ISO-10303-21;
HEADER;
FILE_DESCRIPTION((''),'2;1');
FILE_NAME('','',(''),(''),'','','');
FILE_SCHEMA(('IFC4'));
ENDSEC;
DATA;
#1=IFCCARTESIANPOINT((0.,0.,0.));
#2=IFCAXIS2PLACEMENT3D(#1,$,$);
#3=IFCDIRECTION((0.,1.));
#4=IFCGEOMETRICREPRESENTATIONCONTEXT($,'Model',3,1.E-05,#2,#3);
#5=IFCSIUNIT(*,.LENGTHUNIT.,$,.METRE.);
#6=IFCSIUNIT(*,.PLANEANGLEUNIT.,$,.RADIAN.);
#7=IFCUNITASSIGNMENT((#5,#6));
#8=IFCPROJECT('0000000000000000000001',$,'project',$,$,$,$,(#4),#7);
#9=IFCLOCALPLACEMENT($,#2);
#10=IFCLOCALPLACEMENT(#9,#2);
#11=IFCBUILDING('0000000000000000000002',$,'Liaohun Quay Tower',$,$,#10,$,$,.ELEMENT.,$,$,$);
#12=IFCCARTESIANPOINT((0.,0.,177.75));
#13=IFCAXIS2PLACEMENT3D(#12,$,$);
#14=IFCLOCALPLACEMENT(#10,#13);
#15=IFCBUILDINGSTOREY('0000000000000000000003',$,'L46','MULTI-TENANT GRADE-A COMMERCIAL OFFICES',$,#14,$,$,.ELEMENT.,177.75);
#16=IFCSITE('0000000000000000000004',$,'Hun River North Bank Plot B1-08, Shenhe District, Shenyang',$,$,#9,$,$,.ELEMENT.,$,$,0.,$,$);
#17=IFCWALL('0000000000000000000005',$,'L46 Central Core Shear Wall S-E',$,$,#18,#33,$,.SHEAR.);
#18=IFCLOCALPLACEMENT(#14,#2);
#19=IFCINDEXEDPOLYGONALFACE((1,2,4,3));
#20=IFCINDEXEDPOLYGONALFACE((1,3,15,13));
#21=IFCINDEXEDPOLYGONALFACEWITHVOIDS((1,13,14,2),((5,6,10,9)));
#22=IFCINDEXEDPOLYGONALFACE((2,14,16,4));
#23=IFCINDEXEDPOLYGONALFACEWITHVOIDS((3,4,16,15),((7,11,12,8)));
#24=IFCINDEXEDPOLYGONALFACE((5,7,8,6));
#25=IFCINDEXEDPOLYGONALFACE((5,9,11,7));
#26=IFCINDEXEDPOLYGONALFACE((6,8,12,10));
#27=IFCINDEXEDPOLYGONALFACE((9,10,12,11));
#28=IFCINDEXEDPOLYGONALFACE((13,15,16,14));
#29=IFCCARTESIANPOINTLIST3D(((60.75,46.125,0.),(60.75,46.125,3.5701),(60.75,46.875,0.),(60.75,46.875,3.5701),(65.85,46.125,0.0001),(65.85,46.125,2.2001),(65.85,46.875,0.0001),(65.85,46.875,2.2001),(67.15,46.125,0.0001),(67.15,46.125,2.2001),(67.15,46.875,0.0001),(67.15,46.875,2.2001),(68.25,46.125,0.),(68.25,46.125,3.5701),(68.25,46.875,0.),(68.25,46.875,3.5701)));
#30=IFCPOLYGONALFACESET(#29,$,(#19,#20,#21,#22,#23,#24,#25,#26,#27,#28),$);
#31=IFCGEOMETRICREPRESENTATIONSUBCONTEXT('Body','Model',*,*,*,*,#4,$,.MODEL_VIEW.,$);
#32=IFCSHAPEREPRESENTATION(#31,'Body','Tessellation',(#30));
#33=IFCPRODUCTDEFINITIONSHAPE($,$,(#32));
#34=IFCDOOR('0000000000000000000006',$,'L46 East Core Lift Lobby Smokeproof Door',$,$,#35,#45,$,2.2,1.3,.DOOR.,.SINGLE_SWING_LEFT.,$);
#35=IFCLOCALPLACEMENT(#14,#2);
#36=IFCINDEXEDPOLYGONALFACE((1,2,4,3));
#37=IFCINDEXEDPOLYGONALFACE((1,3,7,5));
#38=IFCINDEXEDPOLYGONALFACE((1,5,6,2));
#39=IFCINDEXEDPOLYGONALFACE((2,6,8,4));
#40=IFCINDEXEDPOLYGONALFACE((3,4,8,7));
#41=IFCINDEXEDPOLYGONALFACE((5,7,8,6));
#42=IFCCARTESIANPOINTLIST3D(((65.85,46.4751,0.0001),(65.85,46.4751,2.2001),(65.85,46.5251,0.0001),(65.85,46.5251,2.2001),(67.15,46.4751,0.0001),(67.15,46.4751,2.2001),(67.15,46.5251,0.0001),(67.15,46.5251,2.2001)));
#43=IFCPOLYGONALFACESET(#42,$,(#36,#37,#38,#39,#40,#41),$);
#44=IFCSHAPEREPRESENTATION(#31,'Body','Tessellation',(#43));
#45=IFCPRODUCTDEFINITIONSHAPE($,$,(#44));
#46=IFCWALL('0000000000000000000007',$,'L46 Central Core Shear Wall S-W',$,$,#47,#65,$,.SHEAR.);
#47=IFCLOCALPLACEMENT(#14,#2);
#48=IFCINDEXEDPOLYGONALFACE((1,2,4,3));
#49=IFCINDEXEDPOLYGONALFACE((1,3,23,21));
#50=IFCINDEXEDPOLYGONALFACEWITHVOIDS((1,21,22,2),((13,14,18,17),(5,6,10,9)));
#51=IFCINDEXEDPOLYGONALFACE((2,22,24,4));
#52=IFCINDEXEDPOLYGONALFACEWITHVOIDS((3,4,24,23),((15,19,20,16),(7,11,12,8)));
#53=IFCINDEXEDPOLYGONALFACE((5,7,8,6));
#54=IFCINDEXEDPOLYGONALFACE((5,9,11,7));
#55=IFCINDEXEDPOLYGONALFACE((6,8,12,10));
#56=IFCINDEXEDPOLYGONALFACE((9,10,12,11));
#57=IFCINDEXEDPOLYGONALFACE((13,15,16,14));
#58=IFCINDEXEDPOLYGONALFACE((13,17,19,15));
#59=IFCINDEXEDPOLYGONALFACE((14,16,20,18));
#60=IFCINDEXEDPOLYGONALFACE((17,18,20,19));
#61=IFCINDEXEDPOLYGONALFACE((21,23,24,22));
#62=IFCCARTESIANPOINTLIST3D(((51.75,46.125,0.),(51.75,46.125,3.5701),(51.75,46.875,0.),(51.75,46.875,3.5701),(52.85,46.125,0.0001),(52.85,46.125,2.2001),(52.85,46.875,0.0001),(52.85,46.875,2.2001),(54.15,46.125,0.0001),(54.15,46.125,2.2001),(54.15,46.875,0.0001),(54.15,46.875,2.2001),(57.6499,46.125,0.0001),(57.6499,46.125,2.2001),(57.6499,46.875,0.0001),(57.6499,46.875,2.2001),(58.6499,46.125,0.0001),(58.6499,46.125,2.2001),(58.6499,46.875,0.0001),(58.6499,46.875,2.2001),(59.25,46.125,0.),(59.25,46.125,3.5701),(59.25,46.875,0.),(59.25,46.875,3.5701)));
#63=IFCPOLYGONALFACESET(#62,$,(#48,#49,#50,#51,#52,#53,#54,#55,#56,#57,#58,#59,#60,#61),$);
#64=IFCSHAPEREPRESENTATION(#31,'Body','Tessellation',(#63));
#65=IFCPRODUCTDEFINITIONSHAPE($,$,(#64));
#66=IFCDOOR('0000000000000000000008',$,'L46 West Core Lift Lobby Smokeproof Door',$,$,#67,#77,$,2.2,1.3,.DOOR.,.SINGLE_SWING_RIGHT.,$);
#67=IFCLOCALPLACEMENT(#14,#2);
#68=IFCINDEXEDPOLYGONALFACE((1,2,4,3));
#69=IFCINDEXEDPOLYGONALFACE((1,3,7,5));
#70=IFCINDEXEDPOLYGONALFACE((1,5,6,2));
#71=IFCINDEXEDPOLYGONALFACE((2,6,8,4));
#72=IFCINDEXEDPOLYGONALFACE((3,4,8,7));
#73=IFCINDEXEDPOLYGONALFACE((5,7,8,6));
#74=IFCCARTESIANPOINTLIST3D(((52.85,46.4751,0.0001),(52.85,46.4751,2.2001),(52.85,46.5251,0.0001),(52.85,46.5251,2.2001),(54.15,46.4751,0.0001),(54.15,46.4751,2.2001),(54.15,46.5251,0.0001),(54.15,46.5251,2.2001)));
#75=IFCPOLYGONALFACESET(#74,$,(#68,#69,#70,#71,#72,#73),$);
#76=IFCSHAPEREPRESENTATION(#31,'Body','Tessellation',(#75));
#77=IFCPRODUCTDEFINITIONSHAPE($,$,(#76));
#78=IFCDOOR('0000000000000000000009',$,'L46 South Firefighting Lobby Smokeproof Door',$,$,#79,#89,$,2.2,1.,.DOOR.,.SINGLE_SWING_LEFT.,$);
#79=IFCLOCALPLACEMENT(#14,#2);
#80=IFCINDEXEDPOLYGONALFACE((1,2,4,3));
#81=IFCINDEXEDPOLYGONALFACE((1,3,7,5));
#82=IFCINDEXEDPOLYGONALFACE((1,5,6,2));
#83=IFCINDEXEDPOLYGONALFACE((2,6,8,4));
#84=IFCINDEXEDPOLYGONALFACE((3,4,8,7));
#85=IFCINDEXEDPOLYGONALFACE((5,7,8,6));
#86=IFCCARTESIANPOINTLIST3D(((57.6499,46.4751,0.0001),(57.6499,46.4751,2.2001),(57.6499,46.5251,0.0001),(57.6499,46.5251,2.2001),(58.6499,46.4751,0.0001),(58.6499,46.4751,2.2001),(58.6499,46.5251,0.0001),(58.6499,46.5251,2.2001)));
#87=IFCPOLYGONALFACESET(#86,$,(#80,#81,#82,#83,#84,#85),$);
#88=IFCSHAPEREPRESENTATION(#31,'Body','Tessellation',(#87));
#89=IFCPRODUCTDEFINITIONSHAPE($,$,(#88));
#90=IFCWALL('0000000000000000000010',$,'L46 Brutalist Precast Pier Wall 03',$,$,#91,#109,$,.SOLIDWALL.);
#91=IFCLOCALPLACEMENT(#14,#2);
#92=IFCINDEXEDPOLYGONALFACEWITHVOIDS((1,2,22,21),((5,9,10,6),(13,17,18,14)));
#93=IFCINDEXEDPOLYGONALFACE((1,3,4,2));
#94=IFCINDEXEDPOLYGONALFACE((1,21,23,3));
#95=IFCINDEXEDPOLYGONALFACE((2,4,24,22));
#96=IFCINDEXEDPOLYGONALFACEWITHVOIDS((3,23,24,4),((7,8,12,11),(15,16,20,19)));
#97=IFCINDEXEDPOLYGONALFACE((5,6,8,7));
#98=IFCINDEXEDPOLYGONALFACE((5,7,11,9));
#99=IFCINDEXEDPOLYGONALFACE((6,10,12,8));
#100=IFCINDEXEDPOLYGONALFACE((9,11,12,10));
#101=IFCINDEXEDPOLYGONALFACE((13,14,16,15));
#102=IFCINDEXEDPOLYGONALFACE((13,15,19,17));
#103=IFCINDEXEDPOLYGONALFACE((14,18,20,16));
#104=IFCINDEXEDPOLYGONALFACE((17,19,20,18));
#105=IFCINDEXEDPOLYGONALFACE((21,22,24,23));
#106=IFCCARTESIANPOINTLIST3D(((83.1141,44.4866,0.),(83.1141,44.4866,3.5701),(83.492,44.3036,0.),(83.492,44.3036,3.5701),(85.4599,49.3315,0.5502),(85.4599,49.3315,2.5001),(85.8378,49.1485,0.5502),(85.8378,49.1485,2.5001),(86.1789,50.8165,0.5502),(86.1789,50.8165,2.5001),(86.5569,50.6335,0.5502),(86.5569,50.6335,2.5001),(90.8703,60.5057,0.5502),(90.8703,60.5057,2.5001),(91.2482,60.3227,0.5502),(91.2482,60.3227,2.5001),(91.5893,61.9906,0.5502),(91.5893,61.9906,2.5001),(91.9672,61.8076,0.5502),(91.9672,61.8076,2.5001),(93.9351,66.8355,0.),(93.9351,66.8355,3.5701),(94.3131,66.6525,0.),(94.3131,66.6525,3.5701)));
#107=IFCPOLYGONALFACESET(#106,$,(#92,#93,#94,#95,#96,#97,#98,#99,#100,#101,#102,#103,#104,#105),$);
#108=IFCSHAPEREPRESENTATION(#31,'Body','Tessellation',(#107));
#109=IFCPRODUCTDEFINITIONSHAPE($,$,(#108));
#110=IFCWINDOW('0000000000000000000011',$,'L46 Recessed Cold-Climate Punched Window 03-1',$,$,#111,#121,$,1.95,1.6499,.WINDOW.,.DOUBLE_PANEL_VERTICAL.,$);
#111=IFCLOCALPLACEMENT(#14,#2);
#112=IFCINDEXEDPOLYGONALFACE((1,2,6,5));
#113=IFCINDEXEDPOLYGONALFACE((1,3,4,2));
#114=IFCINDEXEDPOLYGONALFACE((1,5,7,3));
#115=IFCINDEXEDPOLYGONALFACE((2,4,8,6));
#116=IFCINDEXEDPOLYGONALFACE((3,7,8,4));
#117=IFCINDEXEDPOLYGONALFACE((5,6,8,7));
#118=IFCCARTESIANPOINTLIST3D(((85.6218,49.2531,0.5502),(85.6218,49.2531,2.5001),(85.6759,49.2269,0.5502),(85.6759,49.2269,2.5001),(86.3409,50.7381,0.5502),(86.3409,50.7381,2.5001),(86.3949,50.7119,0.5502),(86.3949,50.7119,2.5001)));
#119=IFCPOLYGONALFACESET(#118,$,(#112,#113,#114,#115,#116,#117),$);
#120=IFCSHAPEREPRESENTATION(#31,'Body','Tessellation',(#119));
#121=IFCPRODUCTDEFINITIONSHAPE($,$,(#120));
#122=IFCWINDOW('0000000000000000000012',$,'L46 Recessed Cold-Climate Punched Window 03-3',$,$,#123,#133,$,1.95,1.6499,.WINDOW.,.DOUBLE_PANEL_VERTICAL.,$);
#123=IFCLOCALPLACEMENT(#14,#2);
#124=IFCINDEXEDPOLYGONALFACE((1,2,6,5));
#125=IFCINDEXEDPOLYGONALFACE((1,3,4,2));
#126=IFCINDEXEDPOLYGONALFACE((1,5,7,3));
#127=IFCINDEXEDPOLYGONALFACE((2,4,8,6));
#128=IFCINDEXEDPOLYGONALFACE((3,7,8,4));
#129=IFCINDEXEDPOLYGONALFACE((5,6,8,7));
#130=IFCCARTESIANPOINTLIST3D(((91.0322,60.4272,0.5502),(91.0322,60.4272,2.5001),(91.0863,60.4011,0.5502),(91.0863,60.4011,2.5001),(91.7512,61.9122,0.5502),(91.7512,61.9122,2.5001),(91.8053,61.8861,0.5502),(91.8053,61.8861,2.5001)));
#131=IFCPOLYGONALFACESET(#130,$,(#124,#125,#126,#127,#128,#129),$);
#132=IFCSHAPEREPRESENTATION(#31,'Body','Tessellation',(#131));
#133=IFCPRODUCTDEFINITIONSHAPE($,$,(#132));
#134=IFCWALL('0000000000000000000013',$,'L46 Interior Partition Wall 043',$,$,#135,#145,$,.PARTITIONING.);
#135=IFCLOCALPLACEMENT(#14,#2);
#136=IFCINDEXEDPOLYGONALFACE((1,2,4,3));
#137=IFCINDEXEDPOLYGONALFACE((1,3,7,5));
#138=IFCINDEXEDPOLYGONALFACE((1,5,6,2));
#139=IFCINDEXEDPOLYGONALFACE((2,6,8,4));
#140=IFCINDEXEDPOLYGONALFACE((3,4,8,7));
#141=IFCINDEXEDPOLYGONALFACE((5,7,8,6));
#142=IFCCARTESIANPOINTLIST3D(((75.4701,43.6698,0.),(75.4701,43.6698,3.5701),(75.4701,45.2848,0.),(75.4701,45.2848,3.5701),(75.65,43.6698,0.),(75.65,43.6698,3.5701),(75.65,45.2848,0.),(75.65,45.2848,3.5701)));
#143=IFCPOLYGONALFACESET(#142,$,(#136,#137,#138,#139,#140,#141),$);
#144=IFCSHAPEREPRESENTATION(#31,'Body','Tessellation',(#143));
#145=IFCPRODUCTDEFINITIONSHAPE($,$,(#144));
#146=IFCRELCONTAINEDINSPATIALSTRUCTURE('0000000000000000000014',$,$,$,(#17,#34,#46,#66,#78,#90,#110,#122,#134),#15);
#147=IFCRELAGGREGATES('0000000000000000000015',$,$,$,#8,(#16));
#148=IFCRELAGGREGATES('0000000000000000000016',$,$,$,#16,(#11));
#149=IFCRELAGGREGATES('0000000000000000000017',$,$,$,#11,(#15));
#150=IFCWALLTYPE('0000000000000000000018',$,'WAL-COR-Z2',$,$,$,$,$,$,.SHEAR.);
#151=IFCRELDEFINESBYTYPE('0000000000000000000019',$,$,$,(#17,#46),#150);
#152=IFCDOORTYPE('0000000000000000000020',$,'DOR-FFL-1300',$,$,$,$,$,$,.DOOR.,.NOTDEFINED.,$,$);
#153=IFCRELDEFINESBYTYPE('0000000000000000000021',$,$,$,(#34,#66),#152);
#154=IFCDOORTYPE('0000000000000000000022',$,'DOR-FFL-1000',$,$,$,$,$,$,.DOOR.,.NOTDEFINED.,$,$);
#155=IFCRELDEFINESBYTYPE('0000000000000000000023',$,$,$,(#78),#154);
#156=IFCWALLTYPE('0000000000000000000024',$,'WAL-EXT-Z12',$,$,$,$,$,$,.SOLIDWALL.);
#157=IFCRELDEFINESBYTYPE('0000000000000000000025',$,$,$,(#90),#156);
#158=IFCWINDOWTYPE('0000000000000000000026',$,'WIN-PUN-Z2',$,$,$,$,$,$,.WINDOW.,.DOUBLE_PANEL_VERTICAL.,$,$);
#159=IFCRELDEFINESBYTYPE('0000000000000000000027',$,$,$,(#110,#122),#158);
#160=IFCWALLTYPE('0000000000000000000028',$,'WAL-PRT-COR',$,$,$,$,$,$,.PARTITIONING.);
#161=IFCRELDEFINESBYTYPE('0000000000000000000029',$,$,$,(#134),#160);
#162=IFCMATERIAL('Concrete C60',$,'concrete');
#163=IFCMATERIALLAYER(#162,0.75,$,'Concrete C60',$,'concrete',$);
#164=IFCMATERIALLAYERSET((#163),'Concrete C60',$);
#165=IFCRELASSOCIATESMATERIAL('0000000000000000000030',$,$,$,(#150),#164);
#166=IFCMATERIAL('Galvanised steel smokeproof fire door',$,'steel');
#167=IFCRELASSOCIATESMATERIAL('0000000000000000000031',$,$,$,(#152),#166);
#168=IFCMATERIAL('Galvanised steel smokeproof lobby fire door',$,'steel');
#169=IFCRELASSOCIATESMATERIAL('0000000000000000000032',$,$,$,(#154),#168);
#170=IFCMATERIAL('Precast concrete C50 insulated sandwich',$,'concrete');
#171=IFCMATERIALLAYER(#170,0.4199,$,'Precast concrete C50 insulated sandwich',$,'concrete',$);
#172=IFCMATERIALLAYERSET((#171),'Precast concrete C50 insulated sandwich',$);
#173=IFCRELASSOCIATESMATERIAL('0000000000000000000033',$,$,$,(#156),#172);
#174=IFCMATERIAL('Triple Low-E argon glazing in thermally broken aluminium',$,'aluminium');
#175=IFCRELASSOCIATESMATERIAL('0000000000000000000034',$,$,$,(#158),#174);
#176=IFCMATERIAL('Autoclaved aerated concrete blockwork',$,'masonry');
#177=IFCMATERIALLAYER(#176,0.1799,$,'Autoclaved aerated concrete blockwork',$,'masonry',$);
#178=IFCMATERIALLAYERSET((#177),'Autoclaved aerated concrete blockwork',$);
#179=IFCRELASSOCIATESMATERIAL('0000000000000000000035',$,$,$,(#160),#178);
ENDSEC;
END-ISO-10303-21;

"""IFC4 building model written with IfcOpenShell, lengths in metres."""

from ifc_helpers import new_model, si_unit, direction, frame, frame_2d, origin, place, context, subcontext, project, spatial, rectangle, extrude, source, transform, mapped, material, layer, layer_set, type_object, element, fill, save


model = new_model("IFC4")

# Units and contexts
model_context = context("Model", 3, precision=1e-05, world=origin(), true_north=direction((0.0, 1.0)))
body_context = subcontext(model_context, "Body", "Model", "MODEL_VIEW")
ifc_project = project(units=[si_unit("LENGTHUNIT", "METRE"), si_unit("PLANEANGLEUNIT", "RADIAN")], contexts=[model_context])

# Site, building, storey
site_placement = place(None, origin())
site = spatial("IfcSite", under=ifc_project, at=site_placement, Name="Hun River North Bank Plot B1-08, Shenhe District, Shenyang", CompositionType="ELEMENT", RefElevation=0.0)
building_placement = place(site_placement, origin())
building = spatial("IfcBuilding", under=site, at=building_placement, Name="Liaohun Quay Tower", CompositionType="ELEMENT")
storey_placement = place(building_placement, frame((0.0, 0.0, 177.75)))
storey = spatial("IfcBuildingStorey", under=building, at=storey_placement, Name="L46", Description="MULTI-TENANT GRADE-A COMMERCIAL OFFICES", CompositionType="ELEMENT", Elevation=177.75)

# Shared definitions
ifc_material_1 = material(Name="Concrete C60", Category="concrete")

# Wall, opening, door
ifc_layer_1 = layer(ifc_material_1, 0.75, Name="Concrete C60", Category="concrete")
ifc_layer_set_1 = layer_set([ifc_layer_1], Name="Concrete C60")
wall_type_1 = type_object("IfcWallType", Name="WAL-COR-Z2", PredefinedType="SHEAR", material=ifc_layer_set_1)
wall_1_placement = place(storey_placement, frame((68.25, 46.5, 0.0), z_axis=(0.0, 0.0, 1.0), x_axis=(-1.0, 0.0, 0.0)))
wall_1 = element("IfcWall", 1, at=wall_1_placement, inside=storey, type_object=wall_type_1, Name="L46 Central Core Shear Wall S-E", PredefinedType="SHEAR", context=body_context, shape_type="SweptSolid", body=[
    extrude(rectangle(XDim=7.5, YDim=0.75, at=frame_2d((3.75, 0.0))), origin(), (0.0, 0.0, 1.0), 3.5701),
])
shared_shape_1 = source(origin(), body_context, "Body", "SweptSolid", [
    extrude(rectangle(XDim=1.3, YDim=2.2, at=frame_2d((0.6499, 1.1001))), frame((0.0, 0.385, 0.0), z_axis=(0.0, -1.0, 0.0), x_axis=(1.0, 0.0, 0.0)), (0.0, 0.0, 1.0), 0.77),
])
opening_1_placement = place(wall_1_placement, frame((1.1001, 0.0, 0.0)))
opening_1 = element("IfcOpeningElement", 2, at=opening_1_placement, cuts=wall_1, PredefinedType="OPENING", context=body_context, shape_type="MappedRepresentation", body=[
    mapped(shared_shape_1, transform((0.0, 0.0, 0.0), x_axis=(1.0, 0.0, 0.0), y_axis=(0.0, 1.0, 0.0), z_axis=(0.0, 0.0, 1.0), scale=1.0)),
])
ifc_material_2 = material(Name="Galvanised steel smokeproof fire door", Category="steel")
door_type_1 = type_object("IfcDoorType", Name="DOR-FFL-1300", OperationType="NOTDEFINED", PredefinedType="DOOR", material=ifc_material_2)
shared_shape_2 = source(origin(), body_context, "Body", "SweptSolid", [
    extrude(rectangle(XDim=1.3, YDim=2.2, at=frame_2d((0.6499, 1.1001))), frame((0.0, 0.0249, 0.0), z_axis=(0.0, -1.0, 0.0), x_axis=(1.0, 0.0, 0.0)), (0.0, 0.0, 1.0), 0.05),
])
door_1_placement = place(opening_1_placement, origin())
door_1 = element("IfcDoor", 3, at=door_1_placement, inside=storey, type_object=door_type_1, Name="L46 East Core Lift Lobby Smokeproof Door", OperationType="SINGLE_SWING_LEFT", OverallHeight=2.2, OverallWidth=1.3, PredefinedType="DOOR", context=body_context, shape_type="MappedRepresentation", body=[
    mapped(shared_shape_2, transform((0.0, 0.0, 0.0), x_axis=(1.0, 0.0, 0.0), y_axis=(0.0, 1.0, 0.0), z_axis=(0.0, 0.0, 1.0), scale=1.0)),
])
fill(opening_1, door_1)

# Wall, openings, doors
wall_2_placement = place(storey_placement, frame((59.25, 46.5, 0.0), z_axis=(0.0, 0.0, 1.0), x_axis=(-1.0, 0.0, 0.0)))
wall_2 = element("IfcWall", 4, at=wall_2_placement, inside=storey, type_object=wall_type_1, Name="L46 Central Core Shear Wall S-W", PredefinedType="SHEAR", context=body_context, shape_type="SweptSolid", body=[
    extrude(rectangle(XDim=7.5, YDim=0.75, at=frame_2d((3.75, 0.0))), origin(), (0.0, 0.0, 1.0), 3.5701),
])
opening_2_placement = place(wall_2_placement, frame((5.1001, 0.0, 0.0)))
opening_2 = element("IfcOpeningElement", 5, at=opening_2_placement, cuts=wall_2, PredefinedType="OPENING", context=body_context, shape_type="MappedRepresentation", body=[
    mapped(shared_shape_1, transform((0.0, 0.0, 0.0), x_axis=(1.0, 0.0, 0.0), y_axis=(0.0, 1.0, 0.0), z_axis=(0.0, 0.0, 1.0), scale=1.0)),
])
shared_shape_3 = source(origin(), body_context, "Body", "SweptSolid", [
    extrude(rectangle(XDim=1.0, YDim=2.2, at=frame_2d((0.5, 1.1001))), frame((0.0, 0.385, 0.0), z_axis=(0.0, -1.0, 0.0), x_axis=(1.0, 0.0, 0.0)), (0.0, 0.0, 1.0), 0.77),
])
opening_3_placement = place(wall_2_placement, frame((0.6001, 0.0, 0.0)))
opening_3 = element("IfcOpeningElement", 6, at=opening_3_placement, cuts=wall_2, PredefinedType="OPENING", context=body_context, shape_type="MappedRepresentation", body=[
    mapped(shared_shape_3, transform((0.0, 0.0, 0.0), x_axis=(1.0, 0.0, 0.0), y_axis=(0.0, 1.0, 0.0), z_axis=(0.0, 0.0, 1.0), scale=1.0)),
])
door_2_placement = place(opening_2_placement, origin())
door_2 = element("IfcDoor", 7, at=door_2_placement, inside=storey, type_object=door_type_1, Name="L46 West Core Lift Lobby Smokeproof Door", OperationType="SINGLE_SWING_RIGHT", OverallHeight=2.2, OverallWidth=1.3, PredefinedType="DOOR", context=body_context, shape_type="MappedRepresentation", body=[
    mapped(shared_shape_2, transform((0.0, 0.0, 0.0), x_axis=(1.0, 0.0, 0.0), y_axis=(0.0, 1.0, 0.0), z_axis=(0.0, 0.0, 1.0), scale=1.0)),
])
fill(opening_2, door_2)
ifc_material_3 = material(Name="Galvanised steel smokeproof lobby fire door", Category="steel")
door_type_2 = type_object("IfcDoorType", Name="DOR-FFL-1000", OperationType="NOTDEFINED", PredefinedType="DOOR", material=ifc_material_3)
shared_shape_4 = source(origin(), body_context, "Body", "SweptSolid", [
    extrude(rectangle(XDim=1.0, YDim=2.2, at=frame_2d((0.5, 1.1001))), frame((0.0, 0.0249, 0.0), z_axis=(0.0, -1.0, 0.0), x_axis=(1.0, 0.0, 0.0)), (0.0, 0.0, 1.0), 0.05),
])
door_3_placement = place(opening_3_placement, origin())
door_3 = element("IfcDoor", 8, at=door_3_placement, inside=storey, type_object=door_type_2, Name="L46 South Firefighting Lobby Smokeproof Door", OperationType="SINGLE_SWING_LEFT", OverallHeight=2.2, OverallWidth=1.0, PredefinedType="DOOR", context=body_context, shape_type="MappedRepresentation", body=[
    mapped(shared_shape_4, transform((0.0, 0.0, 0.0), x_axis=(1.0, 0.0, 0.0), y_axis=(0.0, 1.0, 0.0), z_axis=(0.0, 0.0, 1.0), scale=1.0)),
])
fill(opening_3, door_3)

# Wall, openings, windows
ifc_material_4 = material(Name="Precast concrete C50 insulated sandwich", Category="concrete")
ifc_layer_2 = layer(ifc_material_4, 0.4199, Name="Precast concrete C50 insulated sandwich", Category="concrete")
ifc_layer_set_2 = layer_set([ifc_layer_2], Name="Precast concrete C50 insulated sandwich")
wall_type_2 = type_object("IfcWallType", Name="WAL-EXT-Z12", PredefinedType="SOLIDWALL", material=ifc_layer_set_2)
wall_3_placement = place(storey_placement, frame((83.303, 44.395, 0.0), z_axis=(0.0, 0.0, 1.0), x_axis=(0.435792, 0.900048, 0.0)))
wall_3 = element("IfcWall", 9, at=wall_3_placement, inside=storey, type_object=wall_type_2, Name="L46 Brutalist Precast Pier Wall 03", PredefinedType="SOLIDWALL", context=body_context, shape_type="SweptSolid", body=[
    extrude(rectangle(XDim=24.8308, YDim=0.4199, at=frame_2d((12.4155, 0.0))), origin(), (0.0, 0.0, 1.0), 3.5701),
])
shared_shape_5 = source(origin(), body_context, "Body", "SweptSolid", [
    extrude(rectangle(XDim=1.6499, YDim=1.95, at=frame_2d((0.825, 0.9751))), frame((0.0, 0.22, 0.0), z_axis=(0.0, -1.0, 0.0), x_axis=(1.0, 0.0, 0.0)), (0.0, 0.0, 1.0), 0.4399),
])
opening_4_placement = place(wall_3_placement, frame((5.3831, 0.0, 0.55)))
opening_4 = element("IfcOpeningElement", 10, at=opening_4_placement, cuts=wall_3, PredefinedType="OPENING", context=body_context, shape_type="MappedRepresentation", body=[
    mapped(shared_shape_5, transform((0.0, 0.0, 0.0), x_axis=(1.0, 0.0, 0.0), y_axis=(0.0, 1.0, 0.0), z_axis=(0.0, 0.0, 1.0), scale=1.0)),
])
opening_5_placement = place(wall_3_placement, frame((17.7981, 0.0, 0.55)))
opening_5 = element("IfcOpeningElement", 11, at=opening_5_placement, cuts=wall_3, PredefinedType="OPENING", context=body_context, shape_type="MappedRepresentation", body=[
    mapped(shared_shape_5, transform((0.0, 0.0, 0.0), x_axis=(1.0, 0.0, 0.0), y_axis=(0.0, 1.0, 0.0), z_axis=(0.0, 0.0, 1.0), scale=1.0)),
])
ifc_material_5 = material(Name="Triple Low-E argon glazing in thermally broken aluminium", Category="aluminium")
window_type = type_object("IfcWindowType", Name="WIN-PUN-Z2", PartitioningType="DOUBLE_PANEL_VERTICAL", PredefinedType="WINDOW", material=ifc_material_5)
shared_shape_6 = source(origin(), body_context, "Body", "SweptSolid", [
    extrude(rectangle(XDim=1.6499, YDim=1.95, at=frame_2d((0.825, 0.9751))), frame((0.0, 0.03, 0.0), z_axis=(0.0, -1.0, 0.0), x_axis=(1.0, 0.0, 0.0)), (0.0, 0.0, 1.0), 0.0601),
])
window_1_placement = place(opening_4_placement, origin())
window_1 = element("IfcWindow", 12, at=window_1_placement, inside=storey, type_object=window_type, Name="L46 Recessed Cold-Climate Punched Window 03-1", OverallHeight=1.95, OverallWidth=1.6499, PartitioningType="DOUBLE_PANEL_VERTICAL", PredefinedType="WINDOW", context=body_context, shape_type="MappedRepresentation", body=[
    mapped(shared_shape_6, transform((0.0, 0.0, 0.0), x_axis=(1.0, 0.0, 0.0), y_axis=(0.0, 1.0, 0.0), z_axis=(0.0, 0.0, 1.0), scale=1.0)),
])
fill(opening_4, window_1)
window_2_placement = place(opening_5_placement, origin())
window_2 = element("IfcWindow", 13, at=window_2_placement, inside=storey, type_object=window_type, Name="L46 Recessed Cold-Climate Punched Window 03-3", OverallHeight=1.95, OverallWidth=1.6499, PartitioningType="DOUBLE_PANEL_VERTICAL", PredefinedType="WINDOW", context=body_context, shape_type="MappedRepresentation", body=[
    mapped(shared_shape_6, transform((0.0, 0.0, 0.0), x_axis=(1.0, 0.0, 0.0), y_axis=(0.0, 1.0, 0.0), z_axis=(0.0, 0.0, 1.0), scale=1.0)),
])
fill(opening_5, window_2)

# Wall
ifc_material_6 = material(Name="Autoclaved aerated concrete blockwork", Category="masonry")
ifc_layer_3 = layer(ifc_material_6, 0.1799, Name="Autoclaved aerated concrete blockwork", Category="masonry")
ifc_layer_set_3 = layer_set([ifc_layer_3], Name="Autoclaved aerated concrete blockwork")
wall_type_3 = type_object("IfcWallType", Name="WAL-PRT-COR", PredefinedType="PARTITIONING", material=ifc_layer_set_3)
wall_4_placement = place(storey_placement, frame((75.5601, 45.2849, 0.0), z_axis=(0.0, 0.0, 1.0), x_axis=(0.0, -1.0, 0.0)))
element("IfcWall", 14, at=wall_4_placement, inside=storey, type_object=wall_type_3, Name="L46 Interior Partition Wall 043", PredefinedType="PARTITIONING", context=body_context, shape_type="SweptSolid", body=[
    extrude(rectangle(XDim=1.615, YDim=0.1799, at=frame_2d((0.8076, 0.0))), origin(), (0.0, 0.0, 1.0), 3.5701),
])

save(model, "model.ifc")
